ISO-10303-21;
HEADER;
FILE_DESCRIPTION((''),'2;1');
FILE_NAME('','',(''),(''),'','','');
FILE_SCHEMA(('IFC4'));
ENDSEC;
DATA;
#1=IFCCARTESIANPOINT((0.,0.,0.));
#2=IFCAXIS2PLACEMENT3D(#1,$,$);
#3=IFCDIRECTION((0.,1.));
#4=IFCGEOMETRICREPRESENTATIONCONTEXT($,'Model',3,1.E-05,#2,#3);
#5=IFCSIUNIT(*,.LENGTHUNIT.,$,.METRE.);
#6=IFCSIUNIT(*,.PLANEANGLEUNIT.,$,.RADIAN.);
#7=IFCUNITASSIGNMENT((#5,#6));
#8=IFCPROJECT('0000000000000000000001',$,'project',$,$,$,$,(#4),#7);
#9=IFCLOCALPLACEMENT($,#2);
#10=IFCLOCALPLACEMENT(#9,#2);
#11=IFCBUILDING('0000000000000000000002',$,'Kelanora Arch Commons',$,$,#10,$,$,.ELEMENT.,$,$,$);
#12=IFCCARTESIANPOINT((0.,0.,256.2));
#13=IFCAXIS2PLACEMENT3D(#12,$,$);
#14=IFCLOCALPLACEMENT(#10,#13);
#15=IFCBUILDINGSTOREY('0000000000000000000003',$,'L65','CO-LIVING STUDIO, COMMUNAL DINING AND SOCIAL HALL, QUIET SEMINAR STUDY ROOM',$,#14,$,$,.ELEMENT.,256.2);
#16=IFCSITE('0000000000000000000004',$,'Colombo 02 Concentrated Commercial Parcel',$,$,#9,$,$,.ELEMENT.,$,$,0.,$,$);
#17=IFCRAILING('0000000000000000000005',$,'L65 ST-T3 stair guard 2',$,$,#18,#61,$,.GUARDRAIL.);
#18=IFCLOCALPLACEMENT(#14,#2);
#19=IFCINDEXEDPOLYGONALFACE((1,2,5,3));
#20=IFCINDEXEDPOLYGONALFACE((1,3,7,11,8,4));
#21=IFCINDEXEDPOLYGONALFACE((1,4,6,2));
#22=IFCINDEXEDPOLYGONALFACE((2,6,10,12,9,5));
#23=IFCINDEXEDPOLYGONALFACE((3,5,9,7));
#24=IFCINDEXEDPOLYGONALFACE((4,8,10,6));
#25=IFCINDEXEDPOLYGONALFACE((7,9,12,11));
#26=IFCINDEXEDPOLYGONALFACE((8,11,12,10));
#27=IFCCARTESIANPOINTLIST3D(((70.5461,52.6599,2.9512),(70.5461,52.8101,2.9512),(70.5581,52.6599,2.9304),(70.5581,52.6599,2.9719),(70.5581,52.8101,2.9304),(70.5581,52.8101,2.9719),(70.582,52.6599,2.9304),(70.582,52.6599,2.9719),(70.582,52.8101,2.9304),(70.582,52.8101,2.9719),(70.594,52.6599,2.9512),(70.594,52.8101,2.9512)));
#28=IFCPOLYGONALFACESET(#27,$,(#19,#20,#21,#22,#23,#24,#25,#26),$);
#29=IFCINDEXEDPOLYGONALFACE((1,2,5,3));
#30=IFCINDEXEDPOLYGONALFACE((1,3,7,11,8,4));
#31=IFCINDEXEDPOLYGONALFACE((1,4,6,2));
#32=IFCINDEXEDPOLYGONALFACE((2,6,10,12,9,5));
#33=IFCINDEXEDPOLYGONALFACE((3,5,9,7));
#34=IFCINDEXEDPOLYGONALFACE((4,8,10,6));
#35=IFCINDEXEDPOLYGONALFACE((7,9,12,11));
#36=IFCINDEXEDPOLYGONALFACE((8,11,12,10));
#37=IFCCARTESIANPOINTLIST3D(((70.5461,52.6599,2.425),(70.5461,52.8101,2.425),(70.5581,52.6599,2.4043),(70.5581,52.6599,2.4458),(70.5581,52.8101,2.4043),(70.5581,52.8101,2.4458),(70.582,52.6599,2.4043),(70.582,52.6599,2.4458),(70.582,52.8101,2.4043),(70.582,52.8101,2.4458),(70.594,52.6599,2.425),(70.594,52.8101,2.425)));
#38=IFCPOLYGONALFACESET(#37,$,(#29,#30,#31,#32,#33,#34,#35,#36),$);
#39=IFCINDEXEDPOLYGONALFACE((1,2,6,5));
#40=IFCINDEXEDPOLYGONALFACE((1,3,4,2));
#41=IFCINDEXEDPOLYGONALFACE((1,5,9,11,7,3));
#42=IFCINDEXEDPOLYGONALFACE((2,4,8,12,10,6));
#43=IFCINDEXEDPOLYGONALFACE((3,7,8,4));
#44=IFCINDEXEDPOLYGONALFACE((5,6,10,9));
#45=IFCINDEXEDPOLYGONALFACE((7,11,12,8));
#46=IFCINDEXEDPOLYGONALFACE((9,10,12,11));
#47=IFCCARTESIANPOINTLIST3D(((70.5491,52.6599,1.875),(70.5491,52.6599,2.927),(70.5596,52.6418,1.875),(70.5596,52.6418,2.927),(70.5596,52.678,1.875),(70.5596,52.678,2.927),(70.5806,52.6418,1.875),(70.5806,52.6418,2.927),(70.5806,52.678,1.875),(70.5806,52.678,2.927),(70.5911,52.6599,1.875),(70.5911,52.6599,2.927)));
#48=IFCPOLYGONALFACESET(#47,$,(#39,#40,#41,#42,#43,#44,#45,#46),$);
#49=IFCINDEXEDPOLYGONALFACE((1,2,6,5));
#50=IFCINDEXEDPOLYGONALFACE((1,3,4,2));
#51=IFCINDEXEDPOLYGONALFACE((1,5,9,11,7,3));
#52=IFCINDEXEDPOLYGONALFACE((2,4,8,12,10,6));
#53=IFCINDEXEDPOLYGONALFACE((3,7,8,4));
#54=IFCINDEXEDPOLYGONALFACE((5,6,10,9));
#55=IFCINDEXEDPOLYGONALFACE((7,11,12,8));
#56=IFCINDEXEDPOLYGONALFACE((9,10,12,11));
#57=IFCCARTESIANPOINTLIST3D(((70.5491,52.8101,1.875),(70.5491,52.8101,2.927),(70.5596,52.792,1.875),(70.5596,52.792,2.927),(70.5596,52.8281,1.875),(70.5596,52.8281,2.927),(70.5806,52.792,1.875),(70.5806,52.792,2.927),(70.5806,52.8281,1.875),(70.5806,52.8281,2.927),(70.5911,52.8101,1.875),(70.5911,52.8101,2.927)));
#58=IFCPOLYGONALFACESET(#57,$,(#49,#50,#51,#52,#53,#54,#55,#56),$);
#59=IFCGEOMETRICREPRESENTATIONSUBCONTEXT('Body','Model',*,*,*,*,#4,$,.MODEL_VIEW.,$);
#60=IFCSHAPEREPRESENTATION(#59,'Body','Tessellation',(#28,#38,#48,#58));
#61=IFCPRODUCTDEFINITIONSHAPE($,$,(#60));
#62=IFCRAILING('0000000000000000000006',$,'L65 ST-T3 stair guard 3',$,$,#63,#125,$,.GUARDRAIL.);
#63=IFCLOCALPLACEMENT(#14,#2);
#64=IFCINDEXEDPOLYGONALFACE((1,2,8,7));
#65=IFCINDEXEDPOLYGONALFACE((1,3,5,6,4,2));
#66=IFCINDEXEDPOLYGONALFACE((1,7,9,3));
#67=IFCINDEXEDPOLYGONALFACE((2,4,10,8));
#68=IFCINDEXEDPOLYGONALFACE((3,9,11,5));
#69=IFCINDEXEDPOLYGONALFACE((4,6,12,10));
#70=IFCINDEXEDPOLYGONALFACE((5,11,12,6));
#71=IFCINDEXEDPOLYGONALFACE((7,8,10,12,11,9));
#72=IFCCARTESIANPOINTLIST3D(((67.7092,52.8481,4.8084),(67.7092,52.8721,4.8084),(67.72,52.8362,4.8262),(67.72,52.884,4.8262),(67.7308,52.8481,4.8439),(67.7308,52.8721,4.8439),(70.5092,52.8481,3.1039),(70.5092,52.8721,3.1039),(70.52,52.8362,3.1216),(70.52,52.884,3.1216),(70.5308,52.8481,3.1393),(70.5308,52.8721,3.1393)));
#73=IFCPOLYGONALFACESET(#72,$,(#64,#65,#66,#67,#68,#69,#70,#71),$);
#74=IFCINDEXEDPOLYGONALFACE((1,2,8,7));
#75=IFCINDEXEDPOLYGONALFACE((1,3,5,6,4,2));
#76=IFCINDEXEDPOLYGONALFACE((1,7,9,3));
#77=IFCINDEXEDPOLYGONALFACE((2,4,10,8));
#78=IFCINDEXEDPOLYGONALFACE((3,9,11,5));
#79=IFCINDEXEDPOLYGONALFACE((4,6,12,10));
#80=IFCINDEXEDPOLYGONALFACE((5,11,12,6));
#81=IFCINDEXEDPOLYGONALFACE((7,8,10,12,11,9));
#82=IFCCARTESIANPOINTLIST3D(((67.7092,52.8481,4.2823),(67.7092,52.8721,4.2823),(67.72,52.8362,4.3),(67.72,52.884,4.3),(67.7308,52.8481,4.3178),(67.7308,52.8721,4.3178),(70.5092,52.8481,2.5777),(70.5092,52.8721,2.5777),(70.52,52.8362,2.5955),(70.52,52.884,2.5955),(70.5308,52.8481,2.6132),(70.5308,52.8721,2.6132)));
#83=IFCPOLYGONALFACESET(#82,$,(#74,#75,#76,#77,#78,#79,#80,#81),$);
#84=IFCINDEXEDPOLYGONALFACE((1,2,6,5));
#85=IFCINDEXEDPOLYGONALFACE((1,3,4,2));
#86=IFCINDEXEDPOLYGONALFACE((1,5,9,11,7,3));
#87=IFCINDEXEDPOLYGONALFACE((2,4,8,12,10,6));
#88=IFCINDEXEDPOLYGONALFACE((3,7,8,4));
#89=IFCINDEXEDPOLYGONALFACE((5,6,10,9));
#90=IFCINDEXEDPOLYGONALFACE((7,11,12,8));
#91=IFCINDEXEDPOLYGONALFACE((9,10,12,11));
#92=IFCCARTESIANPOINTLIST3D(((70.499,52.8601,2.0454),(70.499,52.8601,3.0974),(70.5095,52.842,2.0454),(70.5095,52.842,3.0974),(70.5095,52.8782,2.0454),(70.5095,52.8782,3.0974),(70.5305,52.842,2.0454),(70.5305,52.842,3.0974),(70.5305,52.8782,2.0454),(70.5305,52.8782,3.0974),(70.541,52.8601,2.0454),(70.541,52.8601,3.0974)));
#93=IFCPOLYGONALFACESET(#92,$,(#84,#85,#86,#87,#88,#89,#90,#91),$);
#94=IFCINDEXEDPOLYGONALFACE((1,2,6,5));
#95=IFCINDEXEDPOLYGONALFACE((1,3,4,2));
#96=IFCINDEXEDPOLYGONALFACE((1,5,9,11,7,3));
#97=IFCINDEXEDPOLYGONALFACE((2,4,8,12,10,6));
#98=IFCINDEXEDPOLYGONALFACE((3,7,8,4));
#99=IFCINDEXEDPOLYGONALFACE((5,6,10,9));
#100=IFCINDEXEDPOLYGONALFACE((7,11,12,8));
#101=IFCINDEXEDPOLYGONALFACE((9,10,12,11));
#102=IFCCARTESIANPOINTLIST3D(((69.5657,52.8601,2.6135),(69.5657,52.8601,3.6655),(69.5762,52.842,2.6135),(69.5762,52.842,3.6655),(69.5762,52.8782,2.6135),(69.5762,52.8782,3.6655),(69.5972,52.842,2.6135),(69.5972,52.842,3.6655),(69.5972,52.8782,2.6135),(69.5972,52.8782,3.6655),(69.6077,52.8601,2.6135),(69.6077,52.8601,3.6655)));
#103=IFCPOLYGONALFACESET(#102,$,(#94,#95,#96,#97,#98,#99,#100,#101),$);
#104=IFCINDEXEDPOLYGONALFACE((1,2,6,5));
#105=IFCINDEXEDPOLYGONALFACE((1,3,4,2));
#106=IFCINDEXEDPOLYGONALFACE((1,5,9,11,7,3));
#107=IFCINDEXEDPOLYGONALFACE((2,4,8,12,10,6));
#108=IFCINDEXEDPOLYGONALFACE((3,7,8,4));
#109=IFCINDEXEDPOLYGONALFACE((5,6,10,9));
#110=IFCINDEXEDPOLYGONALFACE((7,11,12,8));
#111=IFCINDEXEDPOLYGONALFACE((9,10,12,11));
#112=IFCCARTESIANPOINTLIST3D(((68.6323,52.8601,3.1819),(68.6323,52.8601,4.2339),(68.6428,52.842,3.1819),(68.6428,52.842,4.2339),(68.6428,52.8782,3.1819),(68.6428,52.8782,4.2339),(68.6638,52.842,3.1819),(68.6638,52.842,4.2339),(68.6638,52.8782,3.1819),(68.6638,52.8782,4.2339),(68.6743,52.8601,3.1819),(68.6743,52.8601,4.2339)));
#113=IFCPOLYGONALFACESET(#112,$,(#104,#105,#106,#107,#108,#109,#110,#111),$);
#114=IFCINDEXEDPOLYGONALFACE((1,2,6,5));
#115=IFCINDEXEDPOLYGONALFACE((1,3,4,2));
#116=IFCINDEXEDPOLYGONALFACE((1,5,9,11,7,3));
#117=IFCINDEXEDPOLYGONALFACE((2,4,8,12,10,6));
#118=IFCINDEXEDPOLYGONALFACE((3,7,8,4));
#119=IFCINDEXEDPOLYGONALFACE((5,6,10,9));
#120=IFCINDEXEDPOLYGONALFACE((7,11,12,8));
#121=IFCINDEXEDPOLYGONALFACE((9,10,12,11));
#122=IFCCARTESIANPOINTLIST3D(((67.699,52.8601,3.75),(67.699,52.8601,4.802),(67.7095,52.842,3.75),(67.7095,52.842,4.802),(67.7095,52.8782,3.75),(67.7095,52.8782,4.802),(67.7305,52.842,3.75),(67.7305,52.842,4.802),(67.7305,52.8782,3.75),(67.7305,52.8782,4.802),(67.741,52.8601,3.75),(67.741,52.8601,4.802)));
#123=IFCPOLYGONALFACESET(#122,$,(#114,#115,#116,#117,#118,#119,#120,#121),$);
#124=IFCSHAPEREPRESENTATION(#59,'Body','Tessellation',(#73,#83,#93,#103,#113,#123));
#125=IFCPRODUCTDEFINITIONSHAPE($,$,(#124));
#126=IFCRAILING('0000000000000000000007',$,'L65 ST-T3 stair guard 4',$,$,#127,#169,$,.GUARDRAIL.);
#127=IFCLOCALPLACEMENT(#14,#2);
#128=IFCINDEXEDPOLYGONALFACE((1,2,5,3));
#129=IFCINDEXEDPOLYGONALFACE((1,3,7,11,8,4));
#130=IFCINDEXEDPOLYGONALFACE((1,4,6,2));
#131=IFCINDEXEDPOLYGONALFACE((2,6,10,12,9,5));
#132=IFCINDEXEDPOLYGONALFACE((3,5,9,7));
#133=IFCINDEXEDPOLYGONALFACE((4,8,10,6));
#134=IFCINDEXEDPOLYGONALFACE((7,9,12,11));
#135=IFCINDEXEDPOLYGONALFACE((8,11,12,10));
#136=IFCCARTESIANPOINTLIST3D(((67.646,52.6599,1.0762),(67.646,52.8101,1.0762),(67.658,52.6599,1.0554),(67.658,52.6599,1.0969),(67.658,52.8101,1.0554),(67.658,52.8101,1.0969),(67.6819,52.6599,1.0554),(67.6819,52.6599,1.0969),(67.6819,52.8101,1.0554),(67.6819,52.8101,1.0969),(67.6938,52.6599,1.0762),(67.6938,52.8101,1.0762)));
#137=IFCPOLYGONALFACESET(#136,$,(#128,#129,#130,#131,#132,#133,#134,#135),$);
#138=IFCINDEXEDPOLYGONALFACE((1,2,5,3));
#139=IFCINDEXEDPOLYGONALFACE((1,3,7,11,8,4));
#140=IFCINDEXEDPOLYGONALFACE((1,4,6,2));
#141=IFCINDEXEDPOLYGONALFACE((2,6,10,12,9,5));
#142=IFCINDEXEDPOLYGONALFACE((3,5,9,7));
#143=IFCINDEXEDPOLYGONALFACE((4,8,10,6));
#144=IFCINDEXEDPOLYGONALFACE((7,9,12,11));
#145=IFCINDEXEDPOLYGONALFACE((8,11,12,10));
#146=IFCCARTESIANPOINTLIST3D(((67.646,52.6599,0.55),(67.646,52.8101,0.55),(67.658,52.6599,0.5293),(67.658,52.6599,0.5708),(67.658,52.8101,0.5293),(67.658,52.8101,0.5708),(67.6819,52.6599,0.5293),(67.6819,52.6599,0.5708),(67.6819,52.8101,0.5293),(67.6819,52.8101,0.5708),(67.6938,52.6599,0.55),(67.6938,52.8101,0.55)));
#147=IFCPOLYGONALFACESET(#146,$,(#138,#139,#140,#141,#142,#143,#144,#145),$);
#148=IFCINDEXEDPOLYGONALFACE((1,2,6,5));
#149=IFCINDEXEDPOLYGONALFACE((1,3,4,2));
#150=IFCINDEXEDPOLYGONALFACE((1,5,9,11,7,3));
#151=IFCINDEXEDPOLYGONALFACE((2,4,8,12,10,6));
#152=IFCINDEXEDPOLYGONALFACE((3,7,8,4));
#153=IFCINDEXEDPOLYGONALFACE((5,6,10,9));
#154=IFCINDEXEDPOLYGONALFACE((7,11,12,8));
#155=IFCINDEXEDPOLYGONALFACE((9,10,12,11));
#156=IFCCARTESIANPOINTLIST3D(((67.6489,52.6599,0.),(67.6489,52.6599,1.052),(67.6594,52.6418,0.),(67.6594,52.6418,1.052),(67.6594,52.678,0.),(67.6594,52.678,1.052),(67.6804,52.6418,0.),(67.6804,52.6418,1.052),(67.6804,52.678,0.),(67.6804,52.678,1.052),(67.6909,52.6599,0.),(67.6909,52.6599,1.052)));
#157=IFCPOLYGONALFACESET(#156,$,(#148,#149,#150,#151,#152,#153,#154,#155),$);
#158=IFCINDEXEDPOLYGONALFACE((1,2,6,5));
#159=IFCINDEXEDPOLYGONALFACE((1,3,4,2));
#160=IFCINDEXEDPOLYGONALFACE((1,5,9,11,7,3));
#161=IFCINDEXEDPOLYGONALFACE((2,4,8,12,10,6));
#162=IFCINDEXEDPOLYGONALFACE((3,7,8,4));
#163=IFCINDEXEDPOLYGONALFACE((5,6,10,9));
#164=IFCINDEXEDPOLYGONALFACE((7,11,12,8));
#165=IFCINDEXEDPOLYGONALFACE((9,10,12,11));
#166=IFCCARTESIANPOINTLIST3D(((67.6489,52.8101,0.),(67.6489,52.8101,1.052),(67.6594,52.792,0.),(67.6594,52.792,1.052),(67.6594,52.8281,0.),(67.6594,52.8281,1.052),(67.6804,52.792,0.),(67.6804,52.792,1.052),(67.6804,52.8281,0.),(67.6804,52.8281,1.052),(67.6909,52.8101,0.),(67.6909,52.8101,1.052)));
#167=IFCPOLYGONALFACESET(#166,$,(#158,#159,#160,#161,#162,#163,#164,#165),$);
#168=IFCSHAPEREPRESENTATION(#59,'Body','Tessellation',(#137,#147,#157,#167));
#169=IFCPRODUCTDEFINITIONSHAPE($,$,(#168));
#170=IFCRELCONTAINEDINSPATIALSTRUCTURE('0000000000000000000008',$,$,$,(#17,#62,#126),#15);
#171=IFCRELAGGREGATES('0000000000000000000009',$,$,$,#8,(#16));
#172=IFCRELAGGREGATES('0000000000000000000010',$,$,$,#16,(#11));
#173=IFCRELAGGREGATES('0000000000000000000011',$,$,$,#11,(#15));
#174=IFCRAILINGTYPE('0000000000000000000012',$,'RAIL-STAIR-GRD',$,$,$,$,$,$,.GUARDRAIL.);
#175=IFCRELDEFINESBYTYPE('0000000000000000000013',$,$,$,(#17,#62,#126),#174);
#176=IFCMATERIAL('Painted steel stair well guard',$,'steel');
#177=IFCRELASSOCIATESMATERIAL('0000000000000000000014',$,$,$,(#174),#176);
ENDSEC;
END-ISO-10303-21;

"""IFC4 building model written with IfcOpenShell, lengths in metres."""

from ifc_helpers import new_model, si_unit, direction, frame, origin, place, context, subcontext, project, spatial, polyline, outline, extrude, material, type_object, element, save


model = new_model("IFC4")

# Units and contexts
model_context = context("Model", 3, precision=1e-05, world=origin(), true_north=direction((0.0, 1.0)))
body_context = subcontext(model_context, "Body", "Model", "MODEL_VIEW")
ifc_project = project(units=[si_unit("LENGTHUNIT", "METRE"), si_unit("PLANEANGLEUNIT", "RADIAN")], contexts=[model_context])

# Site, building, storey
site_placement = place(None, origin())
site = spatial("IfcSite", under=ifc_project, at=site_placement, Name="Colombo 02 Concentrated Commercial Parcel", CompositionType="ELEMENT", RefElevation=0.0)
building_placement = place(site_placement, origin())
building = spatial("IfcBuilding", under=site, at=building_placement, Name="Kelanora Arch Commons", CompositionType="ELEMENT")
storey_placement = place(building_placement, frame((0.0, 0.0, 256.2)))
storey = spatial("IfcBuildingStorey", under=building, at=storey_placement, Name="L65", Description="CO-LIVING STUDIO, COMMUNAL DINING AND SOCIAL HALL, QUIET SEMINAR STUDY ROOM", CompositionType="ELEMENT", Elevation=256.2)

# Railings
ifc_material_1 = material(Name="Painted steel stair well guard", Category="steel")
railing_type_1 = type_object("IfcRailingType", Name="RAIL-STAIR-GRD", PredefinedType="GUARDRAIL", material=ifc_material_1)
railing_1_placement = place(storey_placement, frame((70.5701, 52.6599, 1.875)))
element("IfcRailing", 1, at=railing_1_placement, inside=storey, type_object=railing_type_1, Name="L65 ST-T3 stair guard 2", PredefinedType="GUARDRAIL", context=body_context, shape_type="SweptSolid", body=[
    extrude(outline(polyline([(0.0239, 0.0), (0.012, 0.0208), (-0.012, 0.0208), (-0.0239, 0.0), (-0.012, -0.0208), (0.012, -0.0208), (0.0239, 0.0)])), frame((0.0, 0.0, 1.0762), z_axis=(0.0, 1.0, 0.0), x_axis=(-1.0, 0.0, 0.0)), (0.0, 0.0, 1.0), 0.1501),
    extrude(outline(polyline([(0.0239, 0.0), (0.012, 0.0208), (-0.012, 0.0208), (-0.0239, 0.0), (-0.012, -0.0208), (0.012, -0.0208), (0.0239, 0.0)])), frame((0.0, 0.0, 0.55), z_axis=(0.0, 1.0, 0.0), x_axis=(-1.0, 0.0, 0.0)), (0.0, 0.0, 1.0), 0.1501),
    extrude(outline(polyline([(0.021, 0.0), (0.0105, 0.0181), (-0.0105, 0.0181), (-0.021, 0.0), (-0.0105, -0.0181), (0.0105, -0.0181), (0.021, 0.0)])), origin(), (0.0, 0.0, 1.0), 1.052),
    extrude(outline(polyline([(0.021, 0.0), (0.0105, 0.0181), (-0.0105, 0.0181), (-0.021, 0.0), (-0.0105, -0.0181), (0.0105, -0.0181), (0.021, 0.0)])), frame((0.0, 0.1501, 0.0)), (0.0, 0.0, 1.0), 1.052),
])
railing_2_placement = place(storey_placement, frame((70.52, 52.8601, 2.0454)))
element("IfcRailing", 2, at=railing_2_placement, inside=storey, type_object=railing_type_1, Name="L65 ST-T3 stair guard 3", PredefinedType="GUARDRAIL", context=body_context, shape_type="SweptSolid", body=[
    extrude(outline(polyline([(0.0239, 0.0), (0.012, 0.0208), (-0.012, 0.0208), (-0.0239, 0.0), (-0.012, -0.0208), (0.012, -0.0208), (0.0239, 0.0)])), frame((0.0, 0.0, 1.0762), z_axis=(-0.85417, 0.0, 0.519994), x_axis=(0.0, -1.0, 0.0)), (0.0, 0.0, 1.0), 3.2781),
    extrude(outline(polyline([(0.0239, 0.0), (0.012, 0.0208), (-0.012, 0.0208), (-0.0239, 0.0), (-0.012, -0.0208), (0.012, -0.0208), (0.0239, 0.0)])), frame((0.0, 0.0, 0.55), z_axis=(-0.85417, 0.0, 0.519994), x_axis=(0.0, -1.0, 0.0)), (0.0, 0.0, 1.0), 3.2781),
    extrude(outline(polyline([(0.021, 0.0), (0.0105, 0.0181), (-0.0105, 0.0181), (-0.021, 0.0), (-0.0105, -0.0181), (0.0105, -0.0181), (0.021, 0.0)])), origin(), (0.0, 0.0, 1.0), 1.052),
    extrude(outline(polyline([(0.021, 0.0), (0.0105, 0.0181), (-0.0105, 0.0181), (-0.021, 0.0), (-0.0105, -0.0181), (0.0105, -0.0181), (0.021, 0.0)])), frame((-0.9333, 0.0, 0.5681)), (0.0, 0.0, 1.0), 1.052),
    extrude(outline(polyline([(0.021, 0.0), (0.0105, 0.0181), (-0.0105, 0.0181), (-0.021, 0.0), (-0.0105, -0.0181), (0.0105, -0.0181), (0.021, 0.0)])), frame((-1.8667, 0.0, 1.1365)), (0.0, 0.0, 1.0), 1.052),
    extrude(outline(polyline([(0.021, 0.0), (0.0105, 0.0181), (-0.0105, 0.0181), (-0.021, 0.0), (-0.0105, -0.0181), (0.0105, -0.0181), (0.021, 0.0)])), frame((-2.8, 0.0, 1.7046)), (0.0, 0.0, 1.0), 1.052),
])
railing_3_placement = place(storey_placement, frame((67.6699, 52.6599, 0.0)))
element("IfcRailing", 3, at=railing_3_placement, inside=storey, type_object=railing_type_1, Name="L65 ST-T3 stair guard 4", PredefinedType="GUARDRAIL", context=body_context, shape_type="SweptSolid", body=[
    extrude(outline(polyline([(0.0239, 0.0), (0.012, 0.0208), (-0.012, 0.0208), (-0.0239, 0.0), (-0.012, -0.0208), (0.012, -0.0208), (0.0239, 0.0)])), frame((0.0, 0.0, 1.0762), z_axis=(0.0, 1.0, 0.0), x_axis=(-1.0, 0.0, 0.0)), (0.0, 0.0, 1.0), 0.1501),
    extrude(outline(polyline([(0.0239, 0.0), (0.012, 0.0208), (-0.012, 0.0208), (-0.0239, 0.0), (-0.012, -0.0208), (0.012, -0.0208), (0.0239, 0.0)])), frame((0.0, 0.0, 0.55), z_axis=(0.0, 1.0, 0.0), x_axis=(-1.0, 0.0, 0.0)), (0.0, 0.0, 1.0), 0.1501),
    extrude(outline(polyline([(0.021, 0.0), (0.0105, 0.0181), (-0.0105, 0.0181), (-0.021, 0.0), (-0.0105, -0.0181), (0.0105, -0.0181), (0.021, 0.0)])), origin(), (0.0, 0.0, 1.0), 1.052),
    extrude(outline(polyline([(0.021, 0.0), (0.0105, 0.0181), (-0.0105, 0.0181), (-0.021, 0.0), (-0.0105, -0.0181), (0.0105, -0.0181), (0.021, 0.0)])), frame((0.0, 0.1501, 0.0)), (0.0, 0.0, 1.0), 1.052),
])

save(model, "model.ifc")
